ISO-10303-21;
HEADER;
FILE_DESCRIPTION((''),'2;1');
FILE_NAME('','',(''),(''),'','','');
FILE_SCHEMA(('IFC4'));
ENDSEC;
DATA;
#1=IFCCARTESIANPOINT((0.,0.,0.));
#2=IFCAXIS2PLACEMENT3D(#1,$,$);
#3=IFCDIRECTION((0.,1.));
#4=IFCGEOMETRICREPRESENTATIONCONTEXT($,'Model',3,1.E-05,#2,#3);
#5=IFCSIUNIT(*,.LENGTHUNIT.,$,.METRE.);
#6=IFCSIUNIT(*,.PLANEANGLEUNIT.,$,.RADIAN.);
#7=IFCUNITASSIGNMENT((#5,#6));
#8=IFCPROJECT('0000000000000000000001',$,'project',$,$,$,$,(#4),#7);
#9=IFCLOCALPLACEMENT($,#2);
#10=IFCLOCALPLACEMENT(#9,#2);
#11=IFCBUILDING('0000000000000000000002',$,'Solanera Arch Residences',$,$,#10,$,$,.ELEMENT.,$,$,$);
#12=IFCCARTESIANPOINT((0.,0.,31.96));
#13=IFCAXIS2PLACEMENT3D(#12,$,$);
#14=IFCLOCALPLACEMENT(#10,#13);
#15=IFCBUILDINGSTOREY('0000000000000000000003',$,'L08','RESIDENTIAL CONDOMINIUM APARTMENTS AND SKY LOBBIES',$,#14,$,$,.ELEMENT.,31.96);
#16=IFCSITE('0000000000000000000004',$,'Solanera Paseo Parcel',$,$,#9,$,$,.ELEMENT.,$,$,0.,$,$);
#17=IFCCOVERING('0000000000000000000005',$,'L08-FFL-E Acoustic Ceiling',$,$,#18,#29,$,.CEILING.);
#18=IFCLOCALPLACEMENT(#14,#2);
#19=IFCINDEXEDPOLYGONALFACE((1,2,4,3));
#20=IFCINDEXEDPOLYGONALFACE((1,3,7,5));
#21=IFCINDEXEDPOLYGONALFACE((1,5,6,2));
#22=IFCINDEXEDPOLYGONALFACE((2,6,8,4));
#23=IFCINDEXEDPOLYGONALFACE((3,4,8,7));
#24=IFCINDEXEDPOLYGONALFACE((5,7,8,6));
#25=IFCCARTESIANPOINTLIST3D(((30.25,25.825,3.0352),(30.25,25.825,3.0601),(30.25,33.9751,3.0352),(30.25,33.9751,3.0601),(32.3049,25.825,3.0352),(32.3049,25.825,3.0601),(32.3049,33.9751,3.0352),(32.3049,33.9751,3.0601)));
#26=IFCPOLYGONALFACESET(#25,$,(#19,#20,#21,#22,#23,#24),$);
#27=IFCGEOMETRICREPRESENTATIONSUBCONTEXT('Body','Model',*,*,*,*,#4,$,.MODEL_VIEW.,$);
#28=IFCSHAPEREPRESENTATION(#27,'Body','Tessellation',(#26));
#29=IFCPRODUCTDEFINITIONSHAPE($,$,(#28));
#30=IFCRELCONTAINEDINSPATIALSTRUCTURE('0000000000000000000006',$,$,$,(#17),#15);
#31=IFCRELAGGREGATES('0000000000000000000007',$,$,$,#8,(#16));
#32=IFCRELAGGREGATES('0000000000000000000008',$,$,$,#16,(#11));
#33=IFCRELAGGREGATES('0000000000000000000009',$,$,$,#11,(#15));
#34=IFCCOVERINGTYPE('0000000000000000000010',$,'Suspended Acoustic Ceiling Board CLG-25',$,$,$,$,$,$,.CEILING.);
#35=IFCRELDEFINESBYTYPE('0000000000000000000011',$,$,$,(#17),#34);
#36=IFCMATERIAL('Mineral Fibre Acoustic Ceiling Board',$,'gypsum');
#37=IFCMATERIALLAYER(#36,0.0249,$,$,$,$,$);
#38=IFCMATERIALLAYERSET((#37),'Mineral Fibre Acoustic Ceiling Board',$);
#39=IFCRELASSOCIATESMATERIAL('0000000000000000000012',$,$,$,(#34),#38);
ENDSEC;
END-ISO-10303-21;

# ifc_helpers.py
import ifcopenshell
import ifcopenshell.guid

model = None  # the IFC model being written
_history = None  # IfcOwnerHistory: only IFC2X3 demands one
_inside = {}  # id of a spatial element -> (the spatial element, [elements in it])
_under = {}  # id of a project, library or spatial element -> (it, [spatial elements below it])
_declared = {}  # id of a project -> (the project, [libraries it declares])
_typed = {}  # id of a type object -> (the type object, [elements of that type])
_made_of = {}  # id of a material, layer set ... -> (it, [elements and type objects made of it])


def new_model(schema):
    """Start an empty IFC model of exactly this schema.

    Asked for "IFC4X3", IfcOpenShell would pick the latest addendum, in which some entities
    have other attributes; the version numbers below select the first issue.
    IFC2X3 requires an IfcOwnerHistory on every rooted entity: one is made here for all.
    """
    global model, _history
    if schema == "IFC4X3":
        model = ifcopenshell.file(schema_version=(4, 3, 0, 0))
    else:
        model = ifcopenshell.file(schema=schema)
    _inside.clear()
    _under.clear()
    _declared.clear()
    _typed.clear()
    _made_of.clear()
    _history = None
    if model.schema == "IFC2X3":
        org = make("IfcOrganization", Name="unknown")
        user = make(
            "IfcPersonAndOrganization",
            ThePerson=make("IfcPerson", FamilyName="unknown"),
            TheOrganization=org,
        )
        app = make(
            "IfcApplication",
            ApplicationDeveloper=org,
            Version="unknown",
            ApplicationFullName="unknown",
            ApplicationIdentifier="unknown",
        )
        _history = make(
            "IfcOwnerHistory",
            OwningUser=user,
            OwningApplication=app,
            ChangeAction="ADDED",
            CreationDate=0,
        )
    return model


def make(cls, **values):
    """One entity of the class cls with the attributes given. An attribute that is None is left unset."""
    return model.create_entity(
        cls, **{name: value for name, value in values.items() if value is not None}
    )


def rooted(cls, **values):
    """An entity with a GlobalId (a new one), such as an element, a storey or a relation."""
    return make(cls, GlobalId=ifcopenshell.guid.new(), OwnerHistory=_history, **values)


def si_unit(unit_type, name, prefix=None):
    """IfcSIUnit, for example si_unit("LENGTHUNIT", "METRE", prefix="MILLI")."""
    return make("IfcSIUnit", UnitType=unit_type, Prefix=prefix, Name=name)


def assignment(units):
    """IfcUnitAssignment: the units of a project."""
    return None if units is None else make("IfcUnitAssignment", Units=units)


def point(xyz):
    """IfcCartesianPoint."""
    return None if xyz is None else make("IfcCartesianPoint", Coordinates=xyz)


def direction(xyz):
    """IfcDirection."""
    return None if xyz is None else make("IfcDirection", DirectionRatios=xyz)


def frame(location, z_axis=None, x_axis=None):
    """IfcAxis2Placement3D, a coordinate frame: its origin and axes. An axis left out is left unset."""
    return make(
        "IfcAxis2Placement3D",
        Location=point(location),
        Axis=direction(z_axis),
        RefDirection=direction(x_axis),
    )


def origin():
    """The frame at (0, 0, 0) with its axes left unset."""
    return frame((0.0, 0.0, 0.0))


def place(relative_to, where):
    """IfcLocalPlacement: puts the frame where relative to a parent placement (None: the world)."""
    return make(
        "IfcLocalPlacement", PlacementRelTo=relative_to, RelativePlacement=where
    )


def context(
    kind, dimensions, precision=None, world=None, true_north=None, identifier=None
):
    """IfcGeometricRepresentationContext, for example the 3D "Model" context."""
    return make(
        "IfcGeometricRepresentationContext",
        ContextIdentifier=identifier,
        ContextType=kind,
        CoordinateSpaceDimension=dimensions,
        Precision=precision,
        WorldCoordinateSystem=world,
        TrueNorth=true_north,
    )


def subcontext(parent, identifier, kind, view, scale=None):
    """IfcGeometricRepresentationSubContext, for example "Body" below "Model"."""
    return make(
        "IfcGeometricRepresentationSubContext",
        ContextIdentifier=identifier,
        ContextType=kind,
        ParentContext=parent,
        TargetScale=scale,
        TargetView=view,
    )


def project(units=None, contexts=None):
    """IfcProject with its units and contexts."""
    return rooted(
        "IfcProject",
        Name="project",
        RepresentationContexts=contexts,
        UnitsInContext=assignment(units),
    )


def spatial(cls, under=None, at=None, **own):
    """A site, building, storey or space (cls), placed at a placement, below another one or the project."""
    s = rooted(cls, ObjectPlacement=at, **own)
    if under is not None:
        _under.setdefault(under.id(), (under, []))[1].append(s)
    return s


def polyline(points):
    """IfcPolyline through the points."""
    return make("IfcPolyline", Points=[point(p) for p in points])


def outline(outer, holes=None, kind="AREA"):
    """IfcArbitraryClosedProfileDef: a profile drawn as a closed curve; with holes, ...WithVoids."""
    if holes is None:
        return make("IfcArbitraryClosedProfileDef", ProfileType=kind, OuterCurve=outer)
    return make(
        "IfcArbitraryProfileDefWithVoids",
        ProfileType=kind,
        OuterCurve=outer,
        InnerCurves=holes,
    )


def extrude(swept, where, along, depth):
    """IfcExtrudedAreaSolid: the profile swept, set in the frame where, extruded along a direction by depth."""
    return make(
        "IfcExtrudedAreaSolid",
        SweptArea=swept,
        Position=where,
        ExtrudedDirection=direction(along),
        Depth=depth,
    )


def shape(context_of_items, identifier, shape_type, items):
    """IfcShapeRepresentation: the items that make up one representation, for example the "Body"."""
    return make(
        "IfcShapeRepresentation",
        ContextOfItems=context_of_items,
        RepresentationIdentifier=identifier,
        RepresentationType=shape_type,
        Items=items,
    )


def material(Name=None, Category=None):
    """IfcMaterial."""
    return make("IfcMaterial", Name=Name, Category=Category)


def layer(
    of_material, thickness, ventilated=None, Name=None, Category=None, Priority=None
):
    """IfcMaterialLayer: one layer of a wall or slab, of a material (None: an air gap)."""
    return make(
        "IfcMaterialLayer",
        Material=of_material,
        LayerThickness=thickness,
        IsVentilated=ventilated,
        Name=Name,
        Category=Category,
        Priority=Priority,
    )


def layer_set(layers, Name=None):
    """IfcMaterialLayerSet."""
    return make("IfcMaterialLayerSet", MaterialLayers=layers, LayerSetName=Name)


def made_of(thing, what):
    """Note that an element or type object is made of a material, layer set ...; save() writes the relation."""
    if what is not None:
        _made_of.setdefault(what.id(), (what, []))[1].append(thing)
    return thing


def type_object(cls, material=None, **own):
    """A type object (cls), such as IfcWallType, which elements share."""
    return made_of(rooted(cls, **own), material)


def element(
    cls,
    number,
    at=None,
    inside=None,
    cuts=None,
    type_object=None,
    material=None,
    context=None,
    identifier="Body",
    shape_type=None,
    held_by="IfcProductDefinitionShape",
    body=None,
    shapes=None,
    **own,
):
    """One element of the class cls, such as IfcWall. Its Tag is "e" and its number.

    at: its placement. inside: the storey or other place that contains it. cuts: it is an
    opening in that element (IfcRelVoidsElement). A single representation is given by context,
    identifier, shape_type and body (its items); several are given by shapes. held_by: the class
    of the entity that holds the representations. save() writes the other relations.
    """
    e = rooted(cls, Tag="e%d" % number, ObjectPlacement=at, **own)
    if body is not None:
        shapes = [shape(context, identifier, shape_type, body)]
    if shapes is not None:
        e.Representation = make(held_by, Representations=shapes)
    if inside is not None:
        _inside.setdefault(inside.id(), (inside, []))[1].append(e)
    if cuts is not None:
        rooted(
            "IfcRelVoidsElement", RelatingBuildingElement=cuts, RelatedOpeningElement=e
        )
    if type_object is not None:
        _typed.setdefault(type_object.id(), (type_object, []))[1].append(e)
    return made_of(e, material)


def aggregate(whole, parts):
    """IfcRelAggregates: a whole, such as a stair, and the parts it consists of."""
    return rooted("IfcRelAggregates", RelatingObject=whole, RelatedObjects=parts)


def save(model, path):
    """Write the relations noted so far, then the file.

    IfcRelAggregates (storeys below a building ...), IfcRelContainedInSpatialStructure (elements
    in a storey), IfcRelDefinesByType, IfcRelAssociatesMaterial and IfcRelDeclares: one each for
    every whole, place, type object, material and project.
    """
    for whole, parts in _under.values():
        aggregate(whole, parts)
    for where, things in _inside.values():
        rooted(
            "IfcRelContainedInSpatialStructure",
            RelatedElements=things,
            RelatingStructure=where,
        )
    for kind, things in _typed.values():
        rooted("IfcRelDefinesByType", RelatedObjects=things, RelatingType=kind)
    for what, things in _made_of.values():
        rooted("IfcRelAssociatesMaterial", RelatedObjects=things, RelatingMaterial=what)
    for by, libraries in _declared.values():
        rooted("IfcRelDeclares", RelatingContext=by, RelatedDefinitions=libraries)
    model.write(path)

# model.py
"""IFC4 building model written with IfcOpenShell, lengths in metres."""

from ifc_helpers import new_model, si_unit, direction, frame, origin, place, context, subcontext, project, spatial, polyline, outline, extrude, material, layer, layer_set, type_object, element, save


model = new_model("IFC4")

# Units and contexts
model_context = context("Model", 3, precision=1e-05, world=origin(), true_north=direction((0.0, 1.0)))
body_context = subcontext(model_context, "Body", "Model", "MODEL_VIEW")
ifc_project = project(units=[si_unit("LENGTHUNIT", "METRE"), si_unit("PLANEANGLEUNIT", "RADIAN")], contexts=[model_context])

# Site, building, storey
site_placement = place(None, origin())
site = spatial("IfcSite", under=ifc_project, at=site_placement, Name="Solanera Paseo Parcel", CompositionType="ELEMENT", RefElevation=0.0)
building_placement = place(site_placement, origin())
building = spatial("IfcBuilding", under=site, at=building_placement, Name="Solanera Arch Residences", CompositionType="ELEMENT")
storey_placement = place(building_placement, frame((0.0, 0.0, 31.96)))
storey = spatial("IfcBuildingStorey", under=building, at=storey_placement, Name="L08", Description="RESIDENTIAL CONDOMINIUM APARTMENTS AND SKY LOBBIES", CompositionType="ELEMENT", Elevation=31.96)

# Covering
ifc_material_1 = material(Name="Mineral Fibre Acoustic Ceiling Board", Category="gypsum")
ifc_layer_1 = layer(ifc_material_1, 0.0249)
ifc_layer_set_1 = layer_set([ifc_layer_1], Name="Mineral Fibre Acoustic Ceiling Board")
covering_type_1 = type_object("IfcCoveringType", Name="Suspended Acoustic Ceiling Board CLG-25", PredefinedType="CEILING", material=ifc_layer_set_1)
covering_1_placement = place(storey_placement, frame((0.0, 0.0, 3.0352)))
element("IfcCovering", 1, at=covering_1_placement, inside=storey, type_object=covering_type_1, Name="L08-FFL-E Acoustic Ceiling", PredefinedType="CEILING", context=body_context, shape_type="SweptSolid", body=[
    extrude(outline(polyline([(32.3049, 25.825), (30.25, 25.825), (30.25, 33.9751), (32.3049, 33.9751), (32.3049, 25.825)])), origin(), (0.0, 0.0, 1.0), 0.0249),
])

save(model, "model.ifc")
